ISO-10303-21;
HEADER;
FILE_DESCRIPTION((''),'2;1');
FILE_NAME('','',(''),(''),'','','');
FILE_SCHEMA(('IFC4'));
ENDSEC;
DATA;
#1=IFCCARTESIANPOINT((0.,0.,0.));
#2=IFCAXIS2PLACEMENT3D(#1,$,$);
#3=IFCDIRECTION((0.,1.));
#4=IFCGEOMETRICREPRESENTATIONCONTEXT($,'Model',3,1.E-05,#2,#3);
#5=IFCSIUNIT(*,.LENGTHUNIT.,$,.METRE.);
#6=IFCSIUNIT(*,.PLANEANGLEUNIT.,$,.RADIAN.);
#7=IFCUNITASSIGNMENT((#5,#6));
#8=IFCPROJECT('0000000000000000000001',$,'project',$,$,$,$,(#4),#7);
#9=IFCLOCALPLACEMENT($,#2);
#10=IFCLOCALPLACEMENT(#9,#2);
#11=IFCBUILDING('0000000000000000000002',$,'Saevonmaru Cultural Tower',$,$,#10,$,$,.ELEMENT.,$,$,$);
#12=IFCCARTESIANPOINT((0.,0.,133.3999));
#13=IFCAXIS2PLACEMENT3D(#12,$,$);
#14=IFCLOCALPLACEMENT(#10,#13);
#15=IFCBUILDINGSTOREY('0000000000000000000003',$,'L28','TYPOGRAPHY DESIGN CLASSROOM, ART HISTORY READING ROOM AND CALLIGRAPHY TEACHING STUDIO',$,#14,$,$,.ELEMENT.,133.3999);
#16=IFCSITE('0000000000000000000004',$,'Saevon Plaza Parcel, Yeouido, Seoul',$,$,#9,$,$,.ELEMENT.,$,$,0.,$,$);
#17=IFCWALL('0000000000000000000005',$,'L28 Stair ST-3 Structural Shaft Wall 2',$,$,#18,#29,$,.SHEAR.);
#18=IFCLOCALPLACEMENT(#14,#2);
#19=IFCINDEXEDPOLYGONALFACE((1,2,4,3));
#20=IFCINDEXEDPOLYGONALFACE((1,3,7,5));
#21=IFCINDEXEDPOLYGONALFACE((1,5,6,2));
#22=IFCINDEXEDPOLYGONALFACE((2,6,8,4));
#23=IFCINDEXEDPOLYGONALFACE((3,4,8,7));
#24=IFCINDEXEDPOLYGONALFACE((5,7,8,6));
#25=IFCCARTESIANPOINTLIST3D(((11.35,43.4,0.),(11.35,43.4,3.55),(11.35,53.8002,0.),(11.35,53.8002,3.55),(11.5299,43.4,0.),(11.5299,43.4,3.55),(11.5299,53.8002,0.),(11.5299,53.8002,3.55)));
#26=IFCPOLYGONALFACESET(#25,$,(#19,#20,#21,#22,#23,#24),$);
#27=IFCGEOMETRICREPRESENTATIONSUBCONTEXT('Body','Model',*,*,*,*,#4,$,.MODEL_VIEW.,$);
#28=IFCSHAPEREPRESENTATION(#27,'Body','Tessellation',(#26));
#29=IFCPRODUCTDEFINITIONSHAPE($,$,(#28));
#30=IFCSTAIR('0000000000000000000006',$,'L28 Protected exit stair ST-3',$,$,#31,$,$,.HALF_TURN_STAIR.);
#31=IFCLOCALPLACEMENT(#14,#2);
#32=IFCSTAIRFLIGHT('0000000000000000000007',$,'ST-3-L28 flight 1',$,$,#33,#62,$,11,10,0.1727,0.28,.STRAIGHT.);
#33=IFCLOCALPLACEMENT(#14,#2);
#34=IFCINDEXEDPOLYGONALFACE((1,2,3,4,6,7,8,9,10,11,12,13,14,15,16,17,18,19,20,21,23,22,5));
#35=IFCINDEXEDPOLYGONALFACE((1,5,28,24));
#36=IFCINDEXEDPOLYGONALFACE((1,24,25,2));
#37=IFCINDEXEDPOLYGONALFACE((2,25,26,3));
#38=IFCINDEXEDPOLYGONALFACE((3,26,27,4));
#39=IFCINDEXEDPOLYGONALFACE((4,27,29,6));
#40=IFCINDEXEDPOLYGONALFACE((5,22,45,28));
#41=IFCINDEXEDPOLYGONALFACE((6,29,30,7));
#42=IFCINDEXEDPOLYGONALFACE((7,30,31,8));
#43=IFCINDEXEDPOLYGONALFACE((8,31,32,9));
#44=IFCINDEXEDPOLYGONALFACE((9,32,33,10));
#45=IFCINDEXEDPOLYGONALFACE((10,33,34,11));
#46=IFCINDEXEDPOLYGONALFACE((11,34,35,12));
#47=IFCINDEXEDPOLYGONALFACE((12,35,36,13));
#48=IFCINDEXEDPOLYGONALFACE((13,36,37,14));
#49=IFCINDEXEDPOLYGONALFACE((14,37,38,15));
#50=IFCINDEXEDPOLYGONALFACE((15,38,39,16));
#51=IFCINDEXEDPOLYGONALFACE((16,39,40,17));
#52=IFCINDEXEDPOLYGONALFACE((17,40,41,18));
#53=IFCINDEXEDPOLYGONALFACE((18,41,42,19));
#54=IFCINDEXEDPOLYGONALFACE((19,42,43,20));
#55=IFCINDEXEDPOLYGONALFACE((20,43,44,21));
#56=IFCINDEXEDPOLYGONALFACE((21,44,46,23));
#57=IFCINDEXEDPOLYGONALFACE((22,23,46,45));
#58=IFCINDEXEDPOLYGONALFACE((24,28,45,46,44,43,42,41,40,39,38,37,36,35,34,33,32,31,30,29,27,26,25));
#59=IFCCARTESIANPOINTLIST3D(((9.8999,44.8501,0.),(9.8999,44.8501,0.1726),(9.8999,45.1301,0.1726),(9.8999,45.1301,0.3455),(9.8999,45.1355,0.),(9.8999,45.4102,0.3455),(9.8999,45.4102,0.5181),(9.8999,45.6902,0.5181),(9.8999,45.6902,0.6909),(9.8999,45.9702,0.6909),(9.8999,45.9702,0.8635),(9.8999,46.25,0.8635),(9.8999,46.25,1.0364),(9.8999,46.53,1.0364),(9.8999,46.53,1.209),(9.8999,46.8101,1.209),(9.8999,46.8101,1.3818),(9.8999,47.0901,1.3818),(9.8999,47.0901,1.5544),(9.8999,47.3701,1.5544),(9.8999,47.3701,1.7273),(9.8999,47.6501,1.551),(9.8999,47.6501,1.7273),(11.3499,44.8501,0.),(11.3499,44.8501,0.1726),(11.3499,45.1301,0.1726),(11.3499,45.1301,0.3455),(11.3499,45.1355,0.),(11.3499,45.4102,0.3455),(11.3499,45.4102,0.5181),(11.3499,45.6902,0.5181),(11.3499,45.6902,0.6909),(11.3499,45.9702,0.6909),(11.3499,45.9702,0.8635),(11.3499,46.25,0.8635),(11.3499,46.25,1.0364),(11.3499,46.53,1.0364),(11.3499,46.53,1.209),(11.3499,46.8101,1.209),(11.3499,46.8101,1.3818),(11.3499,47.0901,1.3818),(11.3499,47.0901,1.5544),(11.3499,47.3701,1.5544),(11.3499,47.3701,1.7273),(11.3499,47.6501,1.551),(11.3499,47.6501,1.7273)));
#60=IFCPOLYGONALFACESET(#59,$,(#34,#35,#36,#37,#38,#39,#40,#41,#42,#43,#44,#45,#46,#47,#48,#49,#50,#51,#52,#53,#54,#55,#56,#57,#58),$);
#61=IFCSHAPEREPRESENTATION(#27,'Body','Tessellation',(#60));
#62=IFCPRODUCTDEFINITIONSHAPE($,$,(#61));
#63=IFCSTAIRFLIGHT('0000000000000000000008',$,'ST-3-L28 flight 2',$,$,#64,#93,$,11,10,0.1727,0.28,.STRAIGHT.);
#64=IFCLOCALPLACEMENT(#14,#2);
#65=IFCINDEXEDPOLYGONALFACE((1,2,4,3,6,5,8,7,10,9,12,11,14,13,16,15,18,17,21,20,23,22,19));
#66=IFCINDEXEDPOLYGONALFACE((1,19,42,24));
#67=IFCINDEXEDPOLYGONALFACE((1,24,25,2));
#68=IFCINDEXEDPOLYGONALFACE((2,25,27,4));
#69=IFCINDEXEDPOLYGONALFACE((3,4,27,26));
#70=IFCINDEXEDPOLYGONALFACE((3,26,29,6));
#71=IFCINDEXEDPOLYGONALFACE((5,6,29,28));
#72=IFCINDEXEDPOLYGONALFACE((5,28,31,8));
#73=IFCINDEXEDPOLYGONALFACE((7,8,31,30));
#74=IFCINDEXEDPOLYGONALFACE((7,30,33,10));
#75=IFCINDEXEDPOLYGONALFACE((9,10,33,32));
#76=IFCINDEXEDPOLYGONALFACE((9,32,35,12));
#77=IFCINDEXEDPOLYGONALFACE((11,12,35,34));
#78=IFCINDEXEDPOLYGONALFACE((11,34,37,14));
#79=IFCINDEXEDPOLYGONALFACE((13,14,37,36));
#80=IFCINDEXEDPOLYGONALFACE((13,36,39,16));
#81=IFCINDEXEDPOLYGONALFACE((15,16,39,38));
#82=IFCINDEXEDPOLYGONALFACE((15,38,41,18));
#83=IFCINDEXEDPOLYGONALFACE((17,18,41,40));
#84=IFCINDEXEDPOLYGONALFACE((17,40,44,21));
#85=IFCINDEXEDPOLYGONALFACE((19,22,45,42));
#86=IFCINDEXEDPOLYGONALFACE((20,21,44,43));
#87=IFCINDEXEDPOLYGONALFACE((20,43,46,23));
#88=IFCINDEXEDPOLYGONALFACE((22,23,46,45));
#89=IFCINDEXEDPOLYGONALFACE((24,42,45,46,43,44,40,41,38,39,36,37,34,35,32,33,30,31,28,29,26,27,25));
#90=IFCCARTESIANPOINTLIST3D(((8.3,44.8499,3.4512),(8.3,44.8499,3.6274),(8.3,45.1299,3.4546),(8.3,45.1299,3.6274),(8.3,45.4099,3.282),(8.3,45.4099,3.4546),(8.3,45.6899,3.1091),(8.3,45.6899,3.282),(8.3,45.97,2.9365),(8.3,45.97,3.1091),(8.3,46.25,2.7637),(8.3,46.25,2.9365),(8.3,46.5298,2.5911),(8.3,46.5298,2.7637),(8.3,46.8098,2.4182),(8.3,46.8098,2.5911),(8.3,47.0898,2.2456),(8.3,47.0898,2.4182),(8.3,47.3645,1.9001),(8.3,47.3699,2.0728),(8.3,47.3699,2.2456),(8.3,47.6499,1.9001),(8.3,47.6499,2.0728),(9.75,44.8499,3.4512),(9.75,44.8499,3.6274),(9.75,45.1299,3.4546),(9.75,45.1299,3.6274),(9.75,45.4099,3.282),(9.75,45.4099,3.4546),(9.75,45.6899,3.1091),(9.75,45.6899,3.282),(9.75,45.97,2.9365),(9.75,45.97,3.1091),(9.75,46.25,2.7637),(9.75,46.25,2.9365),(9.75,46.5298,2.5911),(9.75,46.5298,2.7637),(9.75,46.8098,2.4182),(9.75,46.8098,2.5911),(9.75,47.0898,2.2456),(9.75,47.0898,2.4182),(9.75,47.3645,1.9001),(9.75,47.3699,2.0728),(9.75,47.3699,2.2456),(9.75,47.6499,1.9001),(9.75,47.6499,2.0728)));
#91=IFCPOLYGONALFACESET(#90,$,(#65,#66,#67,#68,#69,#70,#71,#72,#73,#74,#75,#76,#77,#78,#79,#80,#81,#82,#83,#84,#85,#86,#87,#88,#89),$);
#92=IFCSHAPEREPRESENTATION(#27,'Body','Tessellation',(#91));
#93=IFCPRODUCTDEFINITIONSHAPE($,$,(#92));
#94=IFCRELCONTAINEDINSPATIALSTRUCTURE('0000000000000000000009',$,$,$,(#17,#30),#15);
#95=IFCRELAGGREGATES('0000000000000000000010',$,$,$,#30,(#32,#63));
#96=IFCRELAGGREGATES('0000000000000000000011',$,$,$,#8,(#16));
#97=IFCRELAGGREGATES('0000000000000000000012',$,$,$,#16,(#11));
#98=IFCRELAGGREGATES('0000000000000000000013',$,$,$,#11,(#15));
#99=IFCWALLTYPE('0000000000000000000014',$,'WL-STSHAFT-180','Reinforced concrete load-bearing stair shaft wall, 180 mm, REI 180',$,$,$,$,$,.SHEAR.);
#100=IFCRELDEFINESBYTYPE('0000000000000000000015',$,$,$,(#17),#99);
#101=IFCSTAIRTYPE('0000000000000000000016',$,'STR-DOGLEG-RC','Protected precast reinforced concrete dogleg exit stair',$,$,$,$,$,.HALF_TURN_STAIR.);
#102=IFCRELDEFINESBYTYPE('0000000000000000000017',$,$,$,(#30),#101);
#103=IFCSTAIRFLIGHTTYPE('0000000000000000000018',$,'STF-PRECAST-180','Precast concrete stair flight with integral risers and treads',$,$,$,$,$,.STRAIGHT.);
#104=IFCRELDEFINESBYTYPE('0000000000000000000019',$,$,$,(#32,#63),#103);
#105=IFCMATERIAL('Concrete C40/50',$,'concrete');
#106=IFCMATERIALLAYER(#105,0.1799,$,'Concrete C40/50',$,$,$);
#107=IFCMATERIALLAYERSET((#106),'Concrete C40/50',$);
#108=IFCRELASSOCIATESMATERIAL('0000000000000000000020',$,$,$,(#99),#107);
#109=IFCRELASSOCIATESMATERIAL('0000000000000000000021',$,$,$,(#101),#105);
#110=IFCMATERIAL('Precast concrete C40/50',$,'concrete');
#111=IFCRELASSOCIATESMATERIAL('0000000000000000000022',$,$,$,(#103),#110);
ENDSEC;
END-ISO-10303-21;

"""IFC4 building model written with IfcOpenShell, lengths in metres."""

from ifc_helpers import new_model, si_unit, direction, frame, frame_2d, origin, place, context, subcontext, project, spatial, polyline, rectangle, outline, extrude, material, layer, layer_set, type_object, element, aggregate, save


model = new_model("IFC4")

# Units and contexts
model_context = context("Model", 3, precision=1e-05, world=origin(), true_north=direction((0.0, 1.0)))
body_context = subcontext(model_context, "Body", "Model", "MODEL_VIEW")
ifc_project = project(units=[si_unit("LENGTHUNIT", "METRE"), si_unit("PLANEANGLEUNIT", "RADIAN")], contexts=[model_context])

# Site, building, storey
site_placement = place(None, origin())
site = spatial("IfcSite", under=ifc_project, at=site_placement, Name="Saevon Plaza Parcel, Yeouido, Seoul", CompositionType="ELEMENT", RefElevation=0.0)
building_placement = place(site_placement, origin())
building = spatial("IfcBuilding", under=site, at=building_placement, Name="Saevonmaru Cultural Tower", CompositionType="ELEMENT")
storey_placement = place(building_placement, frame((0.0, 0.0, 133.3999)))
storey = spatial("IfcBuildingStorey", under=building, at=storey_placement, Name="L28", Description="TYPOGRAPHY DESIGN CLASSROOM, ART HISTORY READING ROOM AND CALLIGRAPHY TEACHING STUDIO", CompositionType="ELEMENT", Elevation=133.3999)

# Shared definitions
ifc_material_1 = material(Name="Concrete C40/50", Category="concrete")
ifc_layer_1 = layer(ifc_material_1, 0.1799, Name="Concrete C40/50")
ifc_layer_set_1 = layer_set([ifc_layer_1], Name="Concrete C40/50")
wall_type_1 = type_object("IfcWallType", Name="WL-STSHAFT-180", Description="Reinforced concrete load-bearing stair shaft wall, 180 mm, REI 180", PredefinedType="SHEAR", material=ifc_layer_set_1)

# Wall
wall_1_placement = place(storey_placement, frame((11.4399, 43.3999, 0.0), z_axis=(0.0, 0.0, 1.0), x_axis=(0.0, 1.0, 0.0)))
element("IfcWall", 1, at=wall_1_placement, inside=storey, type_object=wall_type_1, Name="L28 Stair ST-3 Structural Shaft Wall 2", PredefinedType="SHEAR", context=body_context, shape_type="SweptSolid", body=[
    extrude(rectangle(XDim=10.4001, YDim=0.1799, at=frame_2d((5.2002, 0.0))), origin(), (0.0, 0.0, 1.0), 3.55),
])

# Stair, stair flights
stair_type = type_object("IfcStairType", Name="STR-DOGLEG-RC", Description="Protected precast reinforced concrete dogleg exit stair", PredefinedType="HALF_TURN_STAIR", material=ifc_material_1)
stair_placement = place(storey_placement, origin())
stair = element("IfcStair", 2, at=stair_placement, inside=storey, type_object=stair_type, Name="L28 Protected exit stair ST-3", PredefinedType="HALF_TURN_STAIR")
ifc_material_2 = material(Name="Precast concrete C40/50", Category="concrete")
stair_flight_type = type_object("IfcStairFlightType", Name="STF-PRECAST-180", Description="Precast concrete stair flight with integral risers and treads", PredefinedType="STRAIGHT", material=ifc_material_2)
stair_flight_1_placement = place(storey_placement, frame((10.625, 44.8501, 0.0), z_axis=(0.0, 0.0, 1.0), x_axis=(0.0, 1.0, 0.0)))
stair_flight_1 = element("IfcStairFlight", 3, at=stair_flight_1_placement, type_object=stair_flight_type, Name="ST-3-L28 flight 1", NumberOfRisers=11, NumberOfTreads=10, PredefinedType="STRAIGHT", RiserHeight=0.1727, TreadLength=0.28, context=body_context, shape_type="SweptSolid", body=[
    extrude(outline(polyline([(0.0, 0.0), (0.0, 0.1726), (0.28, 0.1726), (0.28, 0.3455), (0.5601, 0.3455), (0.5601, 0.5181), (0.8401, 0.5181), (0.8401, 0.6909), (1.1201, 0.6909), (1.1201, 0.8635), (1.3999, 0.8635), (1.3999, 1.0364), (1.6799, 1.0364), (1.6799, 1.209), (1.96, 1.209), (1.96, 1.3818), (2.24, 1.3818), (2.24, 1.5544), (2.52, 1.5544), (2.52, 1.7273), (2.8, 1.7273), (2.8, 1.8999), (2.8, 1.551), (0.2854, 0.0), (0.0, 0.0)])), frame((0.0, 0.7251, 0.0), z_axis=(0.0, -1.0, 0.0), x_axis=(1.0, 0.0, 0.0)), (0.0, 0.0, 1.0), 1.45),
])
stair_flight_2_placement = place(storey_placement, frame((9.0249, 47.6499, 1.9001), z_axis=(0.0, 0.0, 1.0), x_axis=(0.0, -1.0, 0.0)))
stair_flight_2 = element("IfcStairFlight", 4, at=stair_flight_2_placement, type_object=stair_flight_type, Name="ST-3-L28 flight 2", NumberOfRisers=11, NumberOfTreads=10, PredefinedType="STRAIGHT", RiserHeight=0.1727, TreadLength=0.28, context=body_context, shape_type="SweptSolid", body=[
    extrude(outline(polyline([(0.0, 0.0), (0.0, 0.1726), (0.28, 0.1726), (0.28, 0.3455), (0.5601, 0.3455), (0.5601, 0.5181), (0.8401, 0.5181), (0.8401, 0.6909), (1.1201, 0.6909), (1.1201, 0.8635), (1.3999, 0.8635), (1.3999, 1.0364), (1.6799, 1.0364), (1.6799, 1.209), (1.96, 1.209), (1.96, 1.3818), (2.24, 1.3818), (2.24, 1.5544), (2.52, 1.5544), (2.52, 1.7273), (2.8, 1.7273), (2.8, 1.8999), (2.8, 1.551), (0.2854, 0.0), (0.0, 0.0)])), frame((0.0, 0.7251, 0.0), z_axis=(0.0, -1.0, 0.0), x_axis=(1.0, 0.0, 0.0)), (0.0, 0.0, 1.0), 1.45),
])
aggregate(stair, [stair_flight_1, stair_flight_2])

save(model, "model.ifc")
